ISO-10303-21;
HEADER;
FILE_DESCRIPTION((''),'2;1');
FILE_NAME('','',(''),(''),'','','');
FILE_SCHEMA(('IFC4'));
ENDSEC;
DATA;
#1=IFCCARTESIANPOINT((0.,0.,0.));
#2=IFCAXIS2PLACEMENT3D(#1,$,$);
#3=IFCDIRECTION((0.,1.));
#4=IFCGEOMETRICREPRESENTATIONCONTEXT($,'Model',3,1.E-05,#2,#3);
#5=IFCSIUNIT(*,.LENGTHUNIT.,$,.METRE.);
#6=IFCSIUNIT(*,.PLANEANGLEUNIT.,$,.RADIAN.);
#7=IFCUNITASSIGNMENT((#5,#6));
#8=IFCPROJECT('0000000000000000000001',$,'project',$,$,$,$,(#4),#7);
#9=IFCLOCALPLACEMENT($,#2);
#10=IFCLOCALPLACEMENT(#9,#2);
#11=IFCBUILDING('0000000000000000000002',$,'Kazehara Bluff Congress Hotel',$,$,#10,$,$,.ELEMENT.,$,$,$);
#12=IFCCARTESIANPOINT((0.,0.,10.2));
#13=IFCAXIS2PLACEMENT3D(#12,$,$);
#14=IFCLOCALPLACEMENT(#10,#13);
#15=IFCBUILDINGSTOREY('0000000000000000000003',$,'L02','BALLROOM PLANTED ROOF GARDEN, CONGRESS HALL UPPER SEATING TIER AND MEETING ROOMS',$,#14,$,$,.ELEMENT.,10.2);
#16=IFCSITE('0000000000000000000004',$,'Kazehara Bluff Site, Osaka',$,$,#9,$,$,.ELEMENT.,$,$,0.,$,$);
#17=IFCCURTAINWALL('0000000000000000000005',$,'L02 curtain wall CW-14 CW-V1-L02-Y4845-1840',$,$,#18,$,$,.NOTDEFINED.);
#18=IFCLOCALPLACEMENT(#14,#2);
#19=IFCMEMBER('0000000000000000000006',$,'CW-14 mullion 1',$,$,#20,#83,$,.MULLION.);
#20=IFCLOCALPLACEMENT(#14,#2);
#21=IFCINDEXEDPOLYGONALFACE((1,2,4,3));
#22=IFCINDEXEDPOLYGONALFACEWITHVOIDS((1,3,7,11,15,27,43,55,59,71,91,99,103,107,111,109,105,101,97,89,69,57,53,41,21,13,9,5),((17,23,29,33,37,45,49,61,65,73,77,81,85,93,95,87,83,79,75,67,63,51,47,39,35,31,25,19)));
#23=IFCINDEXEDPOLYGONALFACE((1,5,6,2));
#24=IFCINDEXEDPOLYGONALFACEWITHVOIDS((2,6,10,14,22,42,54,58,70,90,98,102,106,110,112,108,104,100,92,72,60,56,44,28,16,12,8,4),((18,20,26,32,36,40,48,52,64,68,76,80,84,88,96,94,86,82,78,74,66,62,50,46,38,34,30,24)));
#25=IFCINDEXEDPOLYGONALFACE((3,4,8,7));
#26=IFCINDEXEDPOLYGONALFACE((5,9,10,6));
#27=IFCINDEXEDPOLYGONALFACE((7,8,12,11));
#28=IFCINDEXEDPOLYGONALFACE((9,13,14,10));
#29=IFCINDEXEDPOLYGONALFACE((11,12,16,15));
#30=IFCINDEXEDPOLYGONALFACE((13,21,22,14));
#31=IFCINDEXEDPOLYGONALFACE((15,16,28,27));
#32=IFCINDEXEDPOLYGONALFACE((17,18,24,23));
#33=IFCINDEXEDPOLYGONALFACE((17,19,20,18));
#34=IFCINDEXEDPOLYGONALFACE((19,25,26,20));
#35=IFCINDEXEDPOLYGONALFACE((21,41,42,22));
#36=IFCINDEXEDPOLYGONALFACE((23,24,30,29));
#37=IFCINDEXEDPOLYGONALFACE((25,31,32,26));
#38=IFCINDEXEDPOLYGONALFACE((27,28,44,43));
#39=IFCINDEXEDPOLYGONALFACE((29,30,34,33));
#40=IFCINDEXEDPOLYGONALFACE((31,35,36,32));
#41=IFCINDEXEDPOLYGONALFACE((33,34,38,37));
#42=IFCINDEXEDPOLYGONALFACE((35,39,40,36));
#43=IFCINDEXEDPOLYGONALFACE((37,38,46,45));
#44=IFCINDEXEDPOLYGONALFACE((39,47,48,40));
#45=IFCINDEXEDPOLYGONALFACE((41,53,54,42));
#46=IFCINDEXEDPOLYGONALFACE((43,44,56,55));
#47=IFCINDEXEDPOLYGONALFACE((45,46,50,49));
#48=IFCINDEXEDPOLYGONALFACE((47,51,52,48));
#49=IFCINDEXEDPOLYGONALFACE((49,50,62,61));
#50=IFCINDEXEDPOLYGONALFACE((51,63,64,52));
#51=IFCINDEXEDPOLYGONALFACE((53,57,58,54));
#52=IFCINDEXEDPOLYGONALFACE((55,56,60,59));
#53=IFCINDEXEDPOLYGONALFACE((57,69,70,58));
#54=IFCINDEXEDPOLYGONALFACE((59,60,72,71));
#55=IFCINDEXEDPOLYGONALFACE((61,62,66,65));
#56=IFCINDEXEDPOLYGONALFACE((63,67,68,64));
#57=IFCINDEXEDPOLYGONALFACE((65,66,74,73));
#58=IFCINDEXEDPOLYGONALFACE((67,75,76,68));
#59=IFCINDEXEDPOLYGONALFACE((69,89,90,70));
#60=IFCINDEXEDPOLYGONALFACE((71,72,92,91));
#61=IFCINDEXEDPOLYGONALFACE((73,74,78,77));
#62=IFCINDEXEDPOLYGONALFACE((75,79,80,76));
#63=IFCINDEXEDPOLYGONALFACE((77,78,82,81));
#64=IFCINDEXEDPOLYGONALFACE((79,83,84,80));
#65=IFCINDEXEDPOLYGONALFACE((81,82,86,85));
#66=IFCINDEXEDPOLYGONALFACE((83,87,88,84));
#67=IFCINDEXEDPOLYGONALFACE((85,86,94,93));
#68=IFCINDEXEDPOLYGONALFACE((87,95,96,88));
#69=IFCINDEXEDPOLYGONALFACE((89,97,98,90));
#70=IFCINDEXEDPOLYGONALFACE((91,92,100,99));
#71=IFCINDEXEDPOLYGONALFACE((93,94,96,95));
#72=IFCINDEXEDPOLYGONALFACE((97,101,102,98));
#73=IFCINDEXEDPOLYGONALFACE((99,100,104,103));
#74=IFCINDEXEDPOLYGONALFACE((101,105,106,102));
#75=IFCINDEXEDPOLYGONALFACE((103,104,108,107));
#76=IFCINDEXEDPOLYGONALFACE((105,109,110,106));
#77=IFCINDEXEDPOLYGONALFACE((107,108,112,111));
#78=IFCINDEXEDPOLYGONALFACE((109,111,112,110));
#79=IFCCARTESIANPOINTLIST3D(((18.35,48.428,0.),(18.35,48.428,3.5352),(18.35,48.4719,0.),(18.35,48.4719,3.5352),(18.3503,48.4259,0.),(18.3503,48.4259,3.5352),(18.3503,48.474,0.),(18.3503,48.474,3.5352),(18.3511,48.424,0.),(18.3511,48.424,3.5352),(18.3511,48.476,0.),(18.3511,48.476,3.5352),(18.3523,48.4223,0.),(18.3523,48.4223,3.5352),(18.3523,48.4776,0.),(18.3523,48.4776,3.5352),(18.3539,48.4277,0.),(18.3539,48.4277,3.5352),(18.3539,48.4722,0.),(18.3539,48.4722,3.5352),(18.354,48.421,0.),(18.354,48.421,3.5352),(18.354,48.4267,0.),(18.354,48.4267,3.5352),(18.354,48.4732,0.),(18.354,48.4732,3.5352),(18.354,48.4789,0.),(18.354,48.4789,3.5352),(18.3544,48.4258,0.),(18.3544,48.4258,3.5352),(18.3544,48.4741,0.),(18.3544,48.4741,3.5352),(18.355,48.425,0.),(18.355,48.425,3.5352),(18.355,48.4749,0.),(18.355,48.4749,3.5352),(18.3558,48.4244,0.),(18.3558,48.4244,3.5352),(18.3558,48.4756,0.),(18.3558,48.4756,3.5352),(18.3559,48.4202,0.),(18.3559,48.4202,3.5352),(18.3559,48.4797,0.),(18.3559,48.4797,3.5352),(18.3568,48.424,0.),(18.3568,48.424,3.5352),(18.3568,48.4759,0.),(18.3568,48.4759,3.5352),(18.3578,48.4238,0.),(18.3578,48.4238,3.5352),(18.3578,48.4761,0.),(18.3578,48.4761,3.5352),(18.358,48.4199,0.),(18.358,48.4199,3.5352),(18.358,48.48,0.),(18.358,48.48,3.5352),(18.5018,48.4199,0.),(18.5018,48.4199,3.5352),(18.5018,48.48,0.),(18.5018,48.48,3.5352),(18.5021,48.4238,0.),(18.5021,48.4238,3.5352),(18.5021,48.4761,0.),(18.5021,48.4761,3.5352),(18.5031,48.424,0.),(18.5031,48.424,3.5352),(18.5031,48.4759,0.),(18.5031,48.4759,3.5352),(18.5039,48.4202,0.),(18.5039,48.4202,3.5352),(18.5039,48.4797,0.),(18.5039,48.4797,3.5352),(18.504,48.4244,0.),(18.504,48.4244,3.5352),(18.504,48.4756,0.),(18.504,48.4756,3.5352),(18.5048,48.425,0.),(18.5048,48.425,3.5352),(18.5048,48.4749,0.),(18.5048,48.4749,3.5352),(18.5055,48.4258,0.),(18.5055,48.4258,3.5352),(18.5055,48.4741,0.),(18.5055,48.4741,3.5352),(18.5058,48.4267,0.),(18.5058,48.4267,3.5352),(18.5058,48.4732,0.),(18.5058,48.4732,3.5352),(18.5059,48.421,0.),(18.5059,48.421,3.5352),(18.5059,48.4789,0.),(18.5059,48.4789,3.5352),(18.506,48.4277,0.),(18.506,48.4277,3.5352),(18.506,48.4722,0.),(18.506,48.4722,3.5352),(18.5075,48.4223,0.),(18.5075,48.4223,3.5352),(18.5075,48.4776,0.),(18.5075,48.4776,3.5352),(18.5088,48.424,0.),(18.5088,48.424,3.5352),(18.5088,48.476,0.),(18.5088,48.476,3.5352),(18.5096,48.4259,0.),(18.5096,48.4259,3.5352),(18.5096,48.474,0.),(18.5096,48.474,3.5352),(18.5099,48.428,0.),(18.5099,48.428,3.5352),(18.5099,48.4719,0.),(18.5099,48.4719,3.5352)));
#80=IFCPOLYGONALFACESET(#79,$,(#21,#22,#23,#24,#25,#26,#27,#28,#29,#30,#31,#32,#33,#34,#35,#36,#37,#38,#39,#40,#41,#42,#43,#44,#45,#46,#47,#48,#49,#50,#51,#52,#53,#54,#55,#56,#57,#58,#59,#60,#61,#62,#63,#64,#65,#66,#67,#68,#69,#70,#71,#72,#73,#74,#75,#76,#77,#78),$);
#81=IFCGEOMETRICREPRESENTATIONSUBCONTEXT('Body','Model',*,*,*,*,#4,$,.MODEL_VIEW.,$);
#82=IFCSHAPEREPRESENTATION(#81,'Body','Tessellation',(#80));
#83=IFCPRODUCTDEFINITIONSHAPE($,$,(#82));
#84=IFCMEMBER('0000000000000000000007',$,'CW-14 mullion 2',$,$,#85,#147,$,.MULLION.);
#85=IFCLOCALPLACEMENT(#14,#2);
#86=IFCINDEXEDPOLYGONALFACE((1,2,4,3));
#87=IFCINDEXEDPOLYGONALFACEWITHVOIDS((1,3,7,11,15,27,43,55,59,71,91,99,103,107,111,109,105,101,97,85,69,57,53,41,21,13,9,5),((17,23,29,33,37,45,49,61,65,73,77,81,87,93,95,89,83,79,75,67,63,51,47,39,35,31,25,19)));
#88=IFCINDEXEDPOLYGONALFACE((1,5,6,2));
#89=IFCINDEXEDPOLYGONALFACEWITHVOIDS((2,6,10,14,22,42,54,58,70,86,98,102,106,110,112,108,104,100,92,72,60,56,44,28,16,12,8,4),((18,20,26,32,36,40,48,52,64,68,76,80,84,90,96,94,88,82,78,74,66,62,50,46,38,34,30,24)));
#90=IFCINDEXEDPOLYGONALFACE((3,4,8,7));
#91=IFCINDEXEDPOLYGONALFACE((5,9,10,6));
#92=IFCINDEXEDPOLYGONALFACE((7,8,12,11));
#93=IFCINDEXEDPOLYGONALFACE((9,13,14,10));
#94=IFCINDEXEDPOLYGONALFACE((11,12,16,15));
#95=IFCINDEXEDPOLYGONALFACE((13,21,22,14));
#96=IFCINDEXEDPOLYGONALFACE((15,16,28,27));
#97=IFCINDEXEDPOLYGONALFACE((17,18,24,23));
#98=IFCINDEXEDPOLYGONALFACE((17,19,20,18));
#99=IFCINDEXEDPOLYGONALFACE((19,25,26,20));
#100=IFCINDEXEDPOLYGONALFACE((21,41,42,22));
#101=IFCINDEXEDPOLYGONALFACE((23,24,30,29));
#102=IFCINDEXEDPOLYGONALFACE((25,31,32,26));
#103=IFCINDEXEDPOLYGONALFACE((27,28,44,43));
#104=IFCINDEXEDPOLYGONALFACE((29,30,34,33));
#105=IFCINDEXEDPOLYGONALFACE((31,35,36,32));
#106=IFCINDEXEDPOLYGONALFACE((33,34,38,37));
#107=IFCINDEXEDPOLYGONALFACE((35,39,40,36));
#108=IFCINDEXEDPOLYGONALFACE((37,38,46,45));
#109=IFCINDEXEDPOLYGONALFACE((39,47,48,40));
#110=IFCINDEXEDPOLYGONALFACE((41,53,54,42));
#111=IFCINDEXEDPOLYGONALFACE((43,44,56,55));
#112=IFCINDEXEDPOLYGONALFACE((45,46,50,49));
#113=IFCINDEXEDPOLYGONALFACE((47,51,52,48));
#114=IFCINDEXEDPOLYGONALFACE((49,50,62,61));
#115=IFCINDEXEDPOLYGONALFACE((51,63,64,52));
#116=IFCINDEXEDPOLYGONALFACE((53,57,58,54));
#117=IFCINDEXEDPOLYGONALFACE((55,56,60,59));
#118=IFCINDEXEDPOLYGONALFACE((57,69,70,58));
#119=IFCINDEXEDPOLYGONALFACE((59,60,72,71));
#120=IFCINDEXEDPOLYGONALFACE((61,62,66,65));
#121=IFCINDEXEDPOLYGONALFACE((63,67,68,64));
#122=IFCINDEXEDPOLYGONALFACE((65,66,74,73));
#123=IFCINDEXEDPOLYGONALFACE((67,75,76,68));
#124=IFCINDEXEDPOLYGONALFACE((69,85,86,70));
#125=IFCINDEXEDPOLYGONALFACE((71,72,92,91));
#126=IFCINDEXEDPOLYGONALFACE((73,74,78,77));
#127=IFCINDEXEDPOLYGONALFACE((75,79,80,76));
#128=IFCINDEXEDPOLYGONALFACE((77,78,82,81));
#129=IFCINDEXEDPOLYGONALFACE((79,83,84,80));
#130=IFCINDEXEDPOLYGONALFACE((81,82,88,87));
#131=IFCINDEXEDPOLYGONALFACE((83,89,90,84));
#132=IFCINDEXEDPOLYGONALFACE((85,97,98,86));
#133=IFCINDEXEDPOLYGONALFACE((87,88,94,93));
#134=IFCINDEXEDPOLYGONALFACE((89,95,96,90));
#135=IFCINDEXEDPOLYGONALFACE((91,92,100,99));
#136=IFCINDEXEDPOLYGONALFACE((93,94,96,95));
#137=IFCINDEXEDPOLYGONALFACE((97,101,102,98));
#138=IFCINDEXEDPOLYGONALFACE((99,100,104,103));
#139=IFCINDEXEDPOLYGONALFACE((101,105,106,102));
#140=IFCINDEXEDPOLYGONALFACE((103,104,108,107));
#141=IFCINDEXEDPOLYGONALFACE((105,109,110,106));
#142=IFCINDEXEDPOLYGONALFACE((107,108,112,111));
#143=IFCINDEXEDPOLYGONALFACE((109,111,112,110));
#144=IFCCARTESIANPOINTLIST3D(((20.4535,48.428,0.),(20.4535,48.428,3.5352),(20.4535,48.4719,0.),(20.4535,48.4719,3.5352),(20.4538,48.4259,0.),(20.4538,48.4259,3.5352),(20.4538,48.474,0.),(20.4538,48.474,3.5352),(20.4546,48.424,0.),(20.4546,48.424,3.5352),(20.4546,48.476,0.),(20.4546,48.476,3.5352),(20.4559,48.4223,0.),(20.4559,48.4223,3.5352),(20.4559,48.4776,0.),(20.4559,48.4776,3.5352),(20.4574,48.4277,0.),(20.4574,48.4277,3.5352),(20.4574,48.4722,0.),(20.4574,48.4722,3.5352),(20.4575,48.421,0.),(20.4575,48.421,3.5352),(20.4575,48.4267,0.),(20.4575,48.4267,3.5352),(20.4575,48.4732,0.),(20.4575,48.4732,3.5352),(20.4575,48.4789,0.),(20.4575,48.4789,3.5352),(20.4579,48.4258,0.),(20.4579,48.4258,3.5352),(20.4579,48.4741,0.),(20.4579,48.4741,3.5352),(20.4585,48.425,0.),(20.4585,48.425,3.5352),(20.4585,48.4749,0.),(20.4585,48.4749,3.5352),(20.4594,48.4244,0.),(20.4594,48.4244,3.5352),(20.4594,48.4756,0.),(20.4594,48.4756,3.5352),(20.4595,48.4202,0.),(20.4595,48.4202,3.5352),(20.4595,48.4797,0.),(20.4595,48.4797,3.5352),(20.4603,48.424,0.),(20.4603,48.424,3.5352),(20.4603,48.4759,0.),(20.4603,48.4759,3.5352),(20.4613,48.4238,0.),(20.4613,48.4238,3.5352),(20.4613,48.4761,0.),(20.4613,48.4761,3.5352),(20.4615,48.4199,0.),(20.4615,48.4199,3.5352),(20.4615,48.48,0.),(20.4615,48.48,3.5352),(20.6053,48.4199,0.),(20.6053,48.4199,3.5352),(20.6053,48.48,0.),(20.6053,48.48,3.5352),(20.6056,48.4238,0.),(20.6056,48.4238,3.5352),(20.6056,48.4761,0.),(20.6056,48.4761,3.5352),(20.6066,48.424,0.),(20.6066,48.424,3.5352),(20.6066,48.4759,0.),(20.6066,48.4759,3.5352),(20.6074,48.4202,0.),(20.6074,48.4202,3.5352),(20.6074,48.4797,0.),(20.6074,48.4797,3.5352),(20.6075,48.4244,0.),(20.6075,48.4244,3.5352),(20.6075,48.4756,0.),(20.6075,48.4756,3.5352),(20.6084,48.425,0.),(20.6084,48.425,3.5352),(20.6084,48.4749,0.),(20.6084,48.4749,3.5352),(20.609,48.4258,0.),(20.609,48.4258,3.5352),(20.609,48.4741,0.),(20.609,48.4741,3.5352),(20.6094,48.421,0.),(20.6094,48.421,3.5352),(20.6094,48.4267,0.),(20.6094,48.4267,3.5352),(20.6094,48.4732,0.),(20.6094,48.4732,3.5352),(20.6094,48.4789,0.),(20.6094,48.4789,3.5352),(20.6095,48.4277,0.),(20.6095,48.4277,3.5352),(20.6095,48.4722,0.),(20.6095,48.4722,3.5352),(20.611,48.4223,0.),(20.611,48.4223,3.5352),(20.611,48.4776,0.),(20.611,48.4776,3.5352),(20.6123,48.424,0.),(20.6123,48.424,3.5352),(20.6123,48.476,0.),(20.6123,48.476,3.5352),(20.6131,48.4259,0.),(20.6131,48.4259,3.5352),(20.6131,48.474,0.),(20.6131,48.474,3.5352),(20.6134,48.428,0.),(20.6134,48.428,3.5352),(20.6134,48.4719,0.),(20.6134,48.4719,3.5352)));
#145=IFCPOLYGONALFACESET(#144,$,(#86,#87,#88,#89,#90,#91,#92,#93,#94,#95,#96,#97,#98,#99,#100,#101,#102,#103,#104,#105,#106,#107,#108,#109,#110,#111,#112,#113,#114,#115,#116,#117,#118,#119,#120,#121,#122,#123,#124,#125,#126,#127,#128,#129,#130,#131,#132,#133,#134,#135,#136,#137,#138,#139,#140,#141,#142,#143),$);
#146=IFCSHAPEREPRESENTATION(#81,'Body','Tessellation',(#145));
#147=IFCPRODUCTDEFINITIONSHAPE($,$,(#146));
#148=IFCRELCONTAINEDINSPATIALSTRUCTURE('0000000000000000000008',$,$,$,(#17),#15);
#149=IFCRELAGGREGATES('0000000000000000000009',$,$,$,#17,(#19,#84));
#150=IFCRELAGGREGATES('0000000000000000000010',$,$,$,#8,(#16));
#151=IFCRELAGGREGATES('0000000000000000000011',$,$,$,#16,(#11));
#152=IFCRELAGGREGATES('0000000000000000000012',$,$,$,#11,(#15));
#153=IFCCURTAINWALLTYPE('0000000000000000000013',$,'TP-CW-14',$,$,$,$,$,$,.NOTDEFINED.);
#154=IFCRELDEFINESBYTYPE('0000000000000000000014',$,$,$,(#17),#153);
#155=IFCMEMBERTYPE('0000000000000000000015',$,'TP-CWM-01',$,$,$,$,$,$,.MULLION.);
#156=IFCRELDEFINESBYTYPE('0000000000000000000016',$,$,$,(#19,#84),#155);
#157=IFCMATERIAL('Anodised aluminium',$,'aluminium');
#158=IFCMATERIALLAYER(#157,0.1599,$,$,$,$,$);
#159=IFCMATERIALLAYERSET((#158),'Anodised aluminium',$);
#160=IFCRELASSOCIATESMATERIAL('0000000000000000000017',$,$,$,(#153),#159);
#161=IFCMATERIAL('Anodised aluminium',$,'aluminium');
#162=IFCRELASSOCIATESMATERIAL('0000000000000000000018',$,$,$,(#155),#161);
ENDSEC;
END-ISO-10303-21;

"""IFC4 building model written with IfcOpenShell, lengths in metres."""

from ifc_helpers import new_model, si_unit, direction, frame, origin, origin_2d, place, context, subcontext, project, spatial, hollow_rectangle, extrude, material, layer, layer_set, material_profile, profile_set, type_object, element, aggregate, save


model = new_model("IFC4")

# Units and contexts
model_context = context("Model", 3, precision=1e-05, world=origin(), true_north=direction((0.0, 1.0)))
body_context = subcontext(model_context, "Body", "Model", "MODEL_VIEW")
ifc_project = project(units=[si_unit("LENGTHUNIT", "METRE"), si_unit("PLANEANGLEUNIT", "RADIAN")], contexts=[model_context])

# Site, building, storey
site_placement = place(None, origin())
site = spatial("IfcSite", under=ifc_project, at=site_placement, Name="Kazehara Bluff Site, Osaka", CompositionType="ELEMENT", RefElevation=0.0)
building_placement = place(site_placement, origin())
building = spatial("IfcBuilding", under=site, at=building_placement, Name="Kazehara Bluff Congress Hotel", CompositionType="ELEMENT")
storey_placement = place(building_placement, frame((0.0, 0.0, 10.2)))
storey = spatial("IfcBuildingStorey", under=building, at=storey_placement, Name="L02", Description="BALLROOM PLANTED ROOF GARDEN, CONGRESS HALL UPPER SEATING TIER AND MEETING ROOMS", CompositionType="ELEMENT", Elevation=10.2)

# Curtain wall, members
ifc_material_1 = material(Name="Anodised aluminium", Category="aluminium")
ifc_layer_1 = layer(ifc_material_1, 0.1599)
ifc_layer_set_1 = layer_set([ifc_layer_1], Name="Anodised aluminium")
curtain_wall_type = type_object("IfcCurtainWallType", Name="TP-CW-14", PredefinedType="NOTDEFINED", material=ifc_layer_set_1)
curtain_wall_placement = place(storey_placement, origin())
curtain_wall = element("IfcCurtainWall", 1, at=curtain_wall_placement, inside=storey, type_object=curtain_wall_type, Name="L02 curtain wall CW-14 CW-V1-L02-Y4845-1840", PredefinedType="NOTDEFINED")
ifc_material_2 = material(Name="Anodised aluminium", Category="aluminium")
ifc_material_profile_1 = material_profile(ifc_material_2, hollow_rectangle(XDim=0.0601, YDim=0.1599, WallThickness=0.0039, InnerFilletRadius=0.0039, OuterFilletRadius=0.0081, at=origin_2d()))
ifc_profile_set_1 = profile_set([ifc_material_profile_1], Name="Anodised aluminium")
member_type_1 = type_object("IfcMemberType", Name="TP-CWM-01", PredefinedType="MULLION", material=ifc_profile_set_1)
member_1_placement = place(storey_placement, frame((18.4299, 48.45, 0.0), z_axis=(0.0, 0.0, 1.0), x_axis=(0.0, 1.0, 0.0)))
member_1 = element("IfcMember", 2, at=member_1_placement, type_object=member_type_1, Name="CW-14 mullion 1", PredefinedType="MULLION", context=body_context, shape_type="SweptSolid", body=[
    extrude(hollow_rectangle(XDim=0.0601, YDim=0.1599, WallThickness=0.0039, InnerFilletRadius=0.0039, OuterFilletRadius=0.0081, at=origin_2d()), origin(), (0.0, 0.0, 1.0), 3.5352),
])
member_2_placement = place(storey_placement, frame((20.5334, 48.45, 0.0), z_axis=(0.0, 0.0, 1.0), x_axis=(0.0, 1.0, 0.0)))
member_2 = element("IfcMember", 3, at=member_2_placement, type_object=member_type_1, Name="CW-14 mullion 2", PredefinedType="MULLION", context=body_context, shape_type="SweptSolid", body=[
    extrude(hollow_rectangle(XDim=0.0601, YDim=0.1599, WallThickness=0.0039, InnerFilletRadius=0.0039, OuterFilletRadius=0.0081, at=origin_2d()), origin(), (0.0, 0.0, 1.0), 3.5352),
])
aggregate(curtain_wall, [member_1, member_2])

save(model, "model.ifc")
